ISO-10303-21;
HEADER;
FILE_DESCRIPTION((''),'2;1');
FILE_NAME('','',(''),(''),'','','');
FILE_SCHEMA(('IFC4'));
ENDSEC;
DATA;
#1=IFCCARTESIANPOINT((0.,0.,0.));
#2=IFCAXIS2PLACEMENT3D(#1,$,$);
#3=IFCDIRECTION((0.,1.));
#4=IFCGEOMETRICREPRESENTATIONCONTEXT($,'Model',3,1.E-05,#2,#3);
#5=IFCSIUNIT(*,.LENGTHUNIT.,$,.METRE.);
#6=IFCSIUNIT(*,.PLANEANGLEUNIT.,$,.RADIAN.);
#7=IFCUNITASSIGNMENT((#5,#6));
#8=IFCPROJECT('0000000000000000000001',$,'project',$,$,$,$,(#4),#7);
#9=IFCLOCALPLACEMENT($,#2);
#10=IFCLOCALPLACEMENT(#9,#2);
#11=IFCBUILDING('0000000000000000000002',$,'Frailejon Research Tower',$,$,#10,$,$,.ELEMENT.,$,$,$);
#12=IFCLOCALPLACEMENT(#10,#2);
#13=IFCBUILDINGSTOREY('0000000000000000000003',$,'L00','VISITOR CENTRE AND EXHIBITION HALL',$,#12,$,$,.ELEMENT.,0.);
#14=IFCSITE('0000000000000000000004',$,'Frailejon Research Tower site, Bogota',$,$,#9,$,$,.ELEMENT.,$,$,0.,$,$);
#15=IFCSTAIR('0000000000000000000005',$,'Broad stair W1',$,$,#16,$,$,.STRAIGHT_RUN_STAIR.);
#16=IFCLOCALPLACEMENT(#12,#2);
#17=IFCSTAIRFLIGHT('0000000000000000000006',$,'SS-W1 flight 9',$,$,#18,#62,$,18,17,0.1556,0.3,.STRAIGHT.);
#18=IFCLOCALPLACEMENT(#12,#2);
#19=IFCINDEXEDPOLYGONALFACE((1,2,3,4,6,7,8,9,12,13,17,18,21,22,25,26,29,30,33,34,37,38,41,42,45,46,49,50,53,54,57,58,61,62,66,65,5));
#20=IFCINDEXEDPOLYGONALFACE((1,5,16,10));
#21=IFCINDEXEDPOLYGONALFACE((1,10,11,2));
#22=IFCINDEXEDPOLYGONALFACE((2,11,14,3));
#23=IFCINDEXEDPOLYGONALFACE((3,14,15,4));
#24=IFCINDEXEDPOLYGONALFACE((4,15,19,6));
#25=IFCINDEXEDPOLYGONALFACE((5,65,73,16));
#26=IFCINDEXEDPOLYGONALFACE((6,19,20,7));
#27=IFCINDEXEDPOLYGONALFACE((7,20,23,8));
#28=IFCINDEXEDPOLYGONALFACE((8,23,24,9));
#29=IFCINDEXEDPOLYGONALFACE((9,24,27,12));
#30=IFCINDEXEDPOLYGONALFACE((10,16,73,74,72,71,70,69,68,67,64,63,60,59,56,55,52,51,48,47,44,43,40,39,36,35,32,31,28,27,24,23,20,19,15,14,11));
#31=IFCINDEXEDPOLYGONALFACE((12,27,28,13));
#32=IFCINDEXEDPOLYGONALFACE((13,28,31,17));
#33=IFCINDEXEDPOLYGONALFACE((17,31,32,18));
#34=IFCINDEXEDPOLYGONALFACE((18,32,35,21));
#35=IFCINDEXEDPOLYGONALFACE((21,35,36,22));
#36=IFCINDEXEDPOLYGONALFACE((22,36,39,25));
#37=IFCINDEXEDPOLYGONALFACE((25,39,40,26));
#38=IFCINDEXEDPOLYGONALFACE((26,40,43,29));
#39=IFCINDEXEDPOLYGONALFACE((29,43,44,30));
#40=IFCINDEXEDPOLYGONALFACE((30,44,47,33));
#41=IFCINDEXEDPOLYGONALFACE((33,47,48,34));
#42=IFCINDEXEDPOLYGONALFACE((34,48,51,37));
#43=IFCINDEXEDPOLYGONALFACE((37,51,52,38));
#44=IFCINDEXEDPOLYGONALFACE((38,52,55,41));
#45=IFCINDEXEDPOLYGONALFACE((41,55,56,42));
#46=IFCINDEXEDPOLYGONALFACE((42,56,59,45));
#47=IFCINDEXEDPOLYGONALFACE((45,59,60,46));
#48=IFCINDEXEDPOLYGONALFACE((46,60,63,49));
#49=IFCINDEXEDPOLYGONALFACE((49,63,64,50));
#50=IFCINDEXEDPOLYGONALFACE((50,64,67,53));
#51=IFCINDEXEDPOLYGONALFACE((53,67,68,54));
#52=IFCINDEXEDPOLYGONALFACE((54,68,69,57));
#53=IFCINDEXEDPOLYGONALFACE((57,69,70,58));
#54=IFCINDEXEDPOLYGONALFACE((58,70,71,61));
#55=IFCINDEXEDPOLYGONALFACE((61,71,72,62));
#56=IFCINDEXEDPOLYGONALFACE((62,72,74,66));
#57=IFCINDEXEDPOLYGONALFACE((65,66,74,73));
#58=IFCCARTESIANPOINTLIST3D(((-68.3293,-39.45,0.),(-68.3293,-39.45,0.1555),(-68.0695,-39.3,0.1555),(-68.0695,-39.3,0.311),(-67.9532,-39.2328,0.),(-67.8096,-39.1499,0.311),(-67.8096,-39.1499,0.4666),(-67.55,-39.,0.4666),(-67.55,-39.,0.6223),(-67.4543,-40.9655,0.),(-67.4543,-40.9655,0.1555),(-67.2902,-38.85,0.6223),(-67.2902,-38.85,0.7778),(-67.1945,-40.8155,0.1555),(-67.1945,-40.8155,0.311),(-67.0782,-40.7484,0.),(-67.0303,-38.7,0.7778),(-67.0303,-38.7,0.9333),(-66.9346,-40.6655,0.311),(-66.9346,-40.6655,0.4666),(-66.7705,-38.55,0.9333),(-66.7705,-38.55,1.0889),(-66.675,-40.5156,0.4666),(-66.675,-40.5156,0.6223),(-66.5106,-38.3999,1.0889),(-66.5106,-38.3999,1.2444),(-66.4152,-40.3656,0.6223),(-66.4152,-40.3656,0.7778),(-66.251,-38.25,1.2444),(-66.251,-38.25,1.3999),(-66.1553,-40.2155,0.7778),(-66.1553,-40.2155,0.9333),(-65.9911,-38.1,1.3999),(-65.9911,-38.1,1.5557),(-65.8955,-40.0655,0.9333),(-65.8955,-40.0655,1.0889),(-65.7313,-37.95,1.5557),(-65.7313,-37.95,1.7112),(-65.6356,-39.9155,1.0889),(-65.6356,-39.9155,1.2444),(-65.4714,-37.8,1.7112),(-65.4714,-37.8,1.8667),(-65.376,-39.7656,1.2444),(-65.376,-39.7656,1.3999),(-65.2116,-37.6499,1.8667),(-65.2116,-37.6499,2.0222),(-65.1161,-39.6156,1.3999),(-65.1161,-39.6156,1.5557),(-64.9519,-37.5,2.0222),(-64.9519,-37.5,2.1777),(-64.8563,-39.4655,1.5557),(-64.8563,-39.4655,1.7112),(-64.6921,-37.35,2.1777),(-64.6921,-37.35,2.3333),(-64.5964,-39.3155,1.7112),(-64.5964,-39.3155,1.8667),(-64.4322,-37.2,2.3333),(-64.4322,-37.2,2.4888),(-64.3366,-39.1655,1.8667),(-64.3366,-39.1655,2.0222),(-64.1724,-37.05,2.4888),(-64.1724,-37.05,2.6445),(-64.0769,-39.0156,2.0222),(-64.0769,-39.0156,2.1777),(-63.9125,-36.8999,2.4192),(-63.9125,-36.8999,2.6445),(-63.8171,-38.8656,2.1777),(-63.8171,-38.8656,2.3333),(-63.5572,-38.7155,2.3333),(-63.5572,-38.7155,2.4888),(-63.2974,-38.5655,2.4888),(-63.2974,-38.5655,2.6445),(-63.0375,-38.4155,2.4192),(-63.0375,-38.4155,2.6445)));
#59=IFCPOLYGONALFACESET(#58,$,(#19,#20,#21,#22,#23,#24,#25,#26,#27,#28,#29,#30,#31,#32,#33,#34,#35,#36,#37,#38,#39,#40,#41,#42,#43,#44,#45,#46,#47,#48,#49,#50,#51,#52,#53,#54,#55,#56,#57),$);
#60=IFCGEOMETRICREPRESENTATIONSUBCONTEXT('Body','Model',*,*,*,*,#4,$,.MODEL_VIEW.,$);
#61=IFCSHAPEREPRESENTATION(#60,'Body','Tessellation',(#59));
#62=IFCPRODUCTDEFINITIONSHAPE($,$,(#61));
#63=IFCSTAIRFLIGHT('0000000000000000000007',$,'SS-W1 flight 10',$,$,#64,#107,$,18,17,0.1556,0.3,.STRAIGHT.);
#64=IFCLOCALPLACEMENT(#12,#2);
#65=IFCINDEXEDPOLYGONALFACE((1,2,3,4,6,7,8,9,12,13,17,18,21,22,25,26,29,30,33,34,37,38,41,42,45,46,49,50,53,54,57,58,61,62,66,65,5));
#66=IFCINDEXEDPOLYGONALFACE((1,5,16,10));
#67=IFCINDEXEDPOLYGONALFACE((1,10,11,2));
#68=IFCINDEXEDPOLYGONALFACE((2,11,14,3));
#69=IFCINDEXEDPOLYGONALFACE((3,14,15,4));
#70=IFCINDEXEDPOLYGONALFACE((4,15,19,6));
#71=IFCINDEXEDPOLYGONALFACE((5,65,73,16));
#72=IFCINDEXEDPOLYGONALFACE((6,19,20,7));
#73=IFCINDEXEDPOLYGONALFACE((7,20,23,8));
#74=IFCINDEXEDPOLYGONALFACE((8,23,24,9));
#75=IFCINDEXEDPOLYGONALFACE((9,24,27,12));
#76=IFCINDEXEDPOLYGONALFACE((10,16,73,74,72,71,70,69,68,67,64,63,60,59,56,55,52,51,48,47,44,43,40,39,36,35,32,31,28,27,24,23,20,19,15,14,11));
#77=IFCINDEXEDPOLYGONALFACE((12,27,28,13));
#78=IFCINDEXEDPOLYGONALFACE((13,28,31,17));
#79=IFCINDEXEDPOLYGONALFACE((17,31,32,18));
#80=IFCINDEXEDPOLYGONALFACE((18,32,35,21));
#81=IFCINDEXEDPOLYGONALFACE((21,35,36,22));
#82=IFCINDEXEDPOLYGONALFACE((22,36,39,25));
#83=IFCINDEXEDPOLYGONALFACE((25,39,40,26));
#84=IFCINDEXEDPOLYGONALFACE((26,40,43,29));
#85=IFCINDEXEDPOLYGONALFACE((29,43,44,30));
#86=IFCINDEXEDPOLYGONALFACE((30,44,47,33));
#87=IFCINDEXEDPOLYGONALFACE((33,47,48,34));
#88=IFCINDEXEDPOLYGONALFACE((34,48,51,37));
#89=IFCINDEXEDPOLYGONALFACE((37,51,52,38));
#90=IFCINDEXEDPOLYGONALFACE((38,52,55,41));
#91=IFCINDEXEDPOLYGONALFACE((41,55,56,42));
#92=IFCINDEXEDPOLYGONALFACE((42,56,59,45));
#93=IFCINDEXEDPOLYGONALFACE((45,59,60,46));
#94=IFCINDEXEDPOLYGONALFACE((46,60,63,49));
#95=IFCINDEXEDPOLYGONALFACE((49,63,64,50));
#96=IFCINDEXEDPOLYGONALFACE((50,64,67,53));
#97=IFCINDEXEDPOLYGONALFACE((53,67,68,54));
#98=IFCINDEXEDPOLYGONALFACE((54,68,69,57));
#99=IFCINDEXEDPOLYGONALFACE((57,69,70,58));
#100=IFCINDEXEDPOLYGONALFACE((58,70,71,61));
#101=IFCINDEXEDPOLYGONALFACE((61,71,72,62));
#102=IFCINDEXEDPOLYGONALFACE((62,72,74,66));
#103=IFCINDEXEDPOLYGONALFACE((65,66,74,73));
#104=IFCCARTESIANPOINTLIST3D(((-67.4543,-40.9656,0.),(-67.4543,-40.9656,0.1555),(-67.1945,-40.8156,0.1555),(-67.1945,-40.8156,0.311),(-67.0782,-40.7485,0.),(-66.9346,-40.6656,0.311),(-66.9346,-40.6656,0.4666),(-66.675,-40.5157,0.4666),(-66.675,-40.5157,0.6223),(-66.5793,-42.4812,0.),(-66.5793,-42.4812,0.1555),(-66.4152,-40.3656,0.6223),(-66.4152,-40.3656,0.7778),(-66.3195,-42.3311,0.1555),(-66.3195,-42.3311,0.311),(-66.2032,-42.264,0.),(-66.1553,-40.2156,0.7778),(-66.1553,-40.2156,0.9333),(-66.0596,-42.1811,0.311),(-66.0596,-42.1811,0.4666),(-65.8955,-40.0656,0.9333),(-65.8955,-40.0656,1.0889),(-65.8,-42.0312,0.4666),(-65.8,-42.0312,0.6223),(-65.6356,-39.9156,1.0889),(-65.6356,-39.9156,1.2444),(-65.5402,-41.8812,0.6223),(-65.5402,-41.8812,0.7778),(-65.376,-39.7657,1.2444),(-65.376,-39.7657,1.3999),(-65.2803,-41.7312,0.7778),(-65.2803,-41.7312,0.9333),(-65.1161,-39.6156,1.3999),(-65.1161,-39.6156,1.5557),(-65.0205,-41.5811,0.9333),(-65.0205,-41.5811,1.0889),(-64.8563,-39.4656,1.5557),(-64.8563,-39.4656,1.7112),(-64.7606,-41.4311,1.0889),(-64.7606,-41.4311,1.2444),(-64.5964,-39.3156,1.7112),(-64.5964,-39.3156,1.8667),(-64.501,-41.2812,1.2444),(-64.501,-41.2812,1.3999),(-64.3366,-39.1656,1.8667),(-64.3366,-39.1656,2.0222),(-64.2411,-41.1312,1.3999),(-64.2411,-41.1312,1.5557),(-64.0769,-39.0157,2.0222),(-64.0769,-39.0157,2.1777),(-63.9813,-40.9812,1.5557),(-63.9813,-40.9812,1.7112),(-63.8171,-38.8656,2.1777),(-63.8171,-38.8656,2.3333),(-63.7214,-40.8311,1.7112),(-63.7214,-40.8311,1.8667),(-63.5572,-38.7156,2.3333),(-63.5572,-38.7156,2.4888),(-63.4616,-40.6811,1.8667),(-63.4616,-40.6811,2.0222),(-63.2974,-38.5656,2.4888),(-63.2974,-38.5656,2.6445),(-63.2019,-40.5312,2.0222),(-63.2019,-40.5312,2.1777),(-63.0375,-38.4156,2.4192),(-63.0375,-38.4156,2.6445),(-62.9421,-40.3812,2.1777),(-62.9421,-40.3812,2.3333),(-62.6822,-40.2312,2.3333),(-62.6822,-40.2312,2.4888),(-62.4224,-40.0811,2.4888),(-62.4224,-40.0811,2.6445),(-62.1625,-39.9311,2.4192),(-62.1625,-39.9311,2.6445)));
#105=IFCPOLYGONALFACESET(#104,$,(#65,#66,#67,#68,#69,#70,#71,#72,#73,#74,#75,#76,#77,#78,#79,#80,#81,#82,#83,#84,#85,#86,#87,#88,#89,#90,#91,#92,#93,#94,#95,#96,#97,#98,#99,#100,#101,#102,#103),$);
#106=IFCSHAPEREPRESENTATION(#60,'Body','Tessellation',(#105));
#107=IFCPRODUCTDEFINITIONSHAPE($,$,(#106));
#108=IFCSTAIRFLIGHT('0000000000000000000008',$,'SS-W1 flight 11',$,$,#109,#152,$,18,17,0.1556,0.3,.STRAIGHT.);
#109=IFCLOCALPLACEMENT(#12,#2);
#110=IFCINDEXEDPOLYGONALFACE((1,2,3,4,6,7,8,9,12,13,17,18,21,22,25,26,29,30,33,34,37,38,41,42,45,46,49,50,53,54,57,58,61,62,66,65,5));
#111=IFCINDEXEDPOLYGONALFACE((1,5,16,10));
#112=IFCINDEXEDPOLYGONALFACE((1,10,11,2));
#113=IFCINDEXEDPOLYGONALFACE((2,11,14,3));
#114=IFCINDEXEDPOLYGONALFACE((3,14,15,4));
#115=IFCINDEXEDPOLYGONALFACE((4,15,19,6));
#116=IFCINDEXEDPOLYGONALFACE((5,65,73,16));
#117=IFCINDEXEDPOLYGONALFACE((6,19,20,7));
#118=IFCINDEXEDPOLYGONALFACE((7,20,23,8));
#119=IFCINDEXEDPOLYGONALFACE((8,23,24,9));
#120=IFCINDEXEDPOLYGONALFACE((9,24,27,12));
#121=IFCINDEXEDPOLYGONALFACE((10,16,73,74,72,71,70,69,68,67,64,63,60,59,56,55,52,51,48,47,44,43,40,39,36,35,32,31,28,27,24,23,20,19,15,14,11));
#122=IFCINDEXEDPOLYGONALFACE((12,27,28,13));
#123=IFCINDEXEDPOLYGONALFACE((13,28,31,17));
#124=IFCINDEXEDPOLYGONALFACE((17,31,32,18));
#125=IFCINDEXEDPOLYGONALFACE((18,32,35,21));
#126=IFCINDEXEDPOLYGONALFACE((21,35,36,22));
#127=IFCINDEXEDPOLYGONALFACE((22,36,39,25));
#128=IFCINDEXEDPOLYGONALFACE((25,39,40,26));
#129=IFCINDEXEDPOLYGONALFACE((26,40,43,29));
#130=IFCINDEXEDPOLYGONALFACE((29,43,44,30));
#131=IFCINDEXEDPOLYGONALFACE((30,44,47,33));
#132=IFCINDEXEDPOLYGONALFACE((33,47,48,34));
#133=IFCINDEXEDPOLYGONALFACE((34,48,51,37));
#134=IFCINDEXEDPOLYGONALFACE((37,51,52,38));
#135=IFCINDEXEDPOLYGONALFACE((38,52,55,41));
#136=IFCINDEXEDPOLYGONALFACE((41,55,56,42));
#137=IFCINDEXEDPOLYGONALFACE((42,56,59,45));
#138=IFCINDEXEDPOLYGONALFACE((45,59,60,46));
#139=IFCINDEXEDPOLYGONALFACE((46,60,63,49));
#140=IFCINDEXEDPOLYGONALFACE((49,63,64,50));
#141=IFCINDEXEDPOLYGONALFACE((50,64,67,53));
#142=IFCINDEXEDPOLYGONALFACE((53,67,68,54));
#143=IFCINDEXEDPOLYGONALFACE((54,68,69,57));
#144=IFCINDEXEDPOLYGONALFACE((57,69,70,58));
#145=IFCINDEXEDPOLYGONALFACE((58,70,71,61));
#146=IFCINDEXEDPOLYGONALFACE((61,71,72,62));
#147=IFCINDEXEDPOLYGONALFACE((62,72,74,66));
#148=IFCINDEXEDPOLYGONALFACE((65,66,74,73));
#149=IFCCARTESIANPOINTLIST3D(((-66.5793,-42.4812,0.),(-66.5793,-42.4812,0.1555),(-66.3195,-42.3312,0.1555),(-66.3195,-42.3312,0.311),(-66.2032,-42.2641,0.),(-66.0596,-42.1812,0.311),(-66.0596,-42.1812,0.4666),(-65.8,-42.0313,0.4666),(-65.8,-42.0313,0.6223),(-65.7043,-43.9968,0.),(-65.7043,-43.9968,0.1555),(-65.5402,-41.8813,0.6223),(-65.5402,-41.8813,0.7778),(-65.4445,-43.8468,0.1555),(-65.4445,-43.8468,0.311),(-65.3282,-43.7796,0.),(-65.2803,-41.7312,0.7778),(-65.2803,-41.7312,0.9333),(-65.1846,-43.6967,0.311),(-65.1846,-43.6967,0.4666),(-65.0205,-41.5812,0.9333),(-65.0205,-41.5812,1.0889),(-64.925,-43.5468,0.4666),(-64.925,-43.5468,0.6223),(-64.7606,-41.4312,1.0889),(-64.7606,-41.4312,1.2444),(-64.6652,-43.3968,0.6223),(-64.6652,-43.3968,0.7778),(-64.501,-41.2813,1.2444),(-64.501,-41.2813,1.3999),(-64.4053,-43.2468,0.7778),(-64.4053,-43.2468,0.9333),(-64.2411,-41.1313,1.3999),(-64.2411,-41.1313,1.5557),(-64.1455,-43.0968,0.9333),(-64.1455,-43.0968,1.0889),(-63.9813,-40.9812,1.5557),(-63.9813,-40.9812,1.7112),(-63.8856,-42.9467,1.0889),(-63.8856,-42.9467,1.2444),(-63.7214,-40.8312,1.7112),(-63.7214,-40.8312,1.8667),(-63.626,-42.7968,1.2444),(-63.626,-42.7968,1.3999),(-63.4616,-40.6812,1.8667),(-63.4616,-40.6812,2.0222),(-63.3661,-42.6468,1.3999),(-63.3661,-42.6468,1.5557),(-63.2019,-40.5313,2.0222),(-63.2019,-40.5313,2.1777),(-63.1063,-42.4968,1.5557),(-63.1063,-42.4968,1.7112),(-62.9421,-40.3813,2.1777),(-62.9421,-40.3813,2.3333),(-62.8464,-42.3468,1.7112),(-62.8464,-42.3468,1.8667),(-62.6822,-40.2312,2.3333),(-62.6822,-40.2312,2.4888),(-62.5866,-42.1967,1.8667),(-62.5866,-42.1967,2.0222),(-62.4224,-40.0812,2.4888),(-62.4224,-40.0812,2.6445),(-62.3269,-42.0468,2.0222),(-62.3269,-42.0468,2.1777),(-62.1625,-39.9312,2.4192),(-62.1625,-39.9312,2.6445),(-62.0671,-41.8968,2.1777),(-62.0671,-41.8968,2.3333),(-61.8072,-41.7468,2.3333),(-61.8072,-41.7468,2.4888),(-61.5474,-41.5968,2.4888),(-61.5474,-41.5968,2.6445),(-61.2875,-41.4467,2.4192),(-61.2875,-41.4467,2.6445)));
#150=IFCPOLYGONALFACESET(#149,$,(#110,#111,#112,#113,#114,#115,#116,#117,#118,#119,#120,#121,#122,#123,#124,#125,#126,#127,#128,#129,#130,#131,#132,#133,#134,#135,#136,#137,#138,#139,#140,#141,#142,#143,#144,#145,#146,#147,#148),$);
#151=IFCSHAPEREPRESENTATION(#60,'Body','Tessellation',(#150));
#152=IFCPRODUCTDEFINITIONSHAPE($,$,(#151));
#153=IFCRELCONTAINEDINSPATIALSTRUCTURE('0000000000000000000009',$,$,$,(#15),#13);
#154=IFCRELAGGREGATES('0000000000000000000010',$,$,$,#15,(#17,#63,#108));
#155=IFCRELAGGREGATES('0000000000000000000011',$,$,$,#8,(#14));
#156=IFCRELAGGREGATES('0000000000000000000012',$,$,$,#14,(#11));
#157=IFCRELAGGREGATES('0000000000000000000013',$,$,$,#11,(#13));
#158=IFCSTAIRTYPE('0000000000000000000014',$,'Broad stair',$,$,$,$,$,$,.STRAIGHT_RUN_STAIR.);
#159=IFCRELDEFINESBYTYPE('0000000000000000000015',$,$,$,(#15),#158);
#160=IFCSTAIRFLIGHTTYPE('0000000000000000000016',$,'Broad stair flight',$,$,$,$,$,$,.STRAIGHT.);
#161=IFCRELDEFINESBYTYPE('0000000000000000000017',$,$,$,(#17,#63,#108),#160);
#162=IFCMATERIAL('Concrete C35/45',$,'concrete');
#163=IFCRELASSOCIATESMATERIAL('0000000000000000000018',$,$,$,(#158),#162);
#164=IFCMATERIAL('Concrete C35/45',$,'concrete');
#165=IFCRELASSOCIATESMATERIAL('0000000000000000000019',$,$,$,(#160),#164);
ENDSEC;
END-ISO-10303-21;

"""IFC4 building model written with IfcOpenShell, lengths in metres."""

from ifc_helpers import new_model, si_unit, direction, frame, origin, place, context, subcontext, project, spatial, polyline, outline, extrude, material, type_object, element, aggregate, save


model = new_model("IFC4")

# Units and contexts
model_context = context("Model", 3, precision=1e-05, world=origin(), true_north=direction((0.0, 1.0)))
body_context = subcontext(model_context, "Body", "Model", "MODEL_VIEW")
ifc_project = project(units=[si_unit("LENGTHUNIT", "METRE"), si_unit("PLANEANGLEUNIT", "RADIAN")], contexts=[model_context])

# Site, building, storey
site_placement = place(None, origin())
site = spatial("IfcSite", under=ifc_project, at=site_placement, Name="Frailejon Research Tower site, Bogota", CompositionType="ELEMENT", RefElevation=0.0)
building_placement = place(site_placement, origin())
building = spatial("IfcBuilding", under=site, at=building_placement, Name="Frailejon Research Tower", CompositionType="ELEMENT")
storey_placement = place(building_placement, origin())
storey = spatial("IfcBuildingStorey", under=building, at=storey_placement, Name="L00", Description="VISITOR CENTRE AND EXHIBITION HALL", CompositionType="ELEMENT", Elevation=0.0)

# Stair, stair flights
ifc_material_1 = material(Name="Concrete C35/45", Category="concrete")
stair_type = type_object("IfcStairType", Name="Broad stair", PredefinedType="STRAIGHT_RUN_STAIR", material=ifc_material_1)
stair_placement = place(storey_placement, origin())
stair = element("IfcStair", 1, at=stair_placement, inside=storey, type_object=stair_type, Name="Broad stair W1", PredefinedType="STRAIGHT_RUN_STAIR")
ifc_material_2 = material(Name="Concrete C35/45", Category="concrete")
stair_flight_type = type_object("IfcStairFlightType", Name="Broad stair flight", PredefinedType="STRAIGHT", material=ifc_material_2)
stair_flight_1_placement = place(storey_placement, frame((-67.8918, -40.2078, 0.0), z_axis=(0.0, 0.0, 1.0), x_axis=(0.866025, 0.5, 0.0)))
stair_flight_1 = element("IfcStairFlight", 2, at=stair_flight_1_placement, type_object=stair_flight_type, Name="SS-W1 flight 9", NumberOfRisers=18, NumberOfTreads=17, PredefinedType="STRAIGHT", RiserHeight=0.1556, TreadLength=0.3, context=body_context, shape_type="SweptSolid", body=[
    extrude(outline(polyline([(0.0, 0.0), (0.0, 0.1555), (0.3, 0.1555), (0.3, 0.311), (0.6001, 0.311), (0.6001, 0.4666), (0.8999, 0.4666), (0.8999, 0.6223), (1.2, 0.6223), (1.2, 0.7778), (1.5, 0.7778), (1.5, 0.9333), (1.8, 0.9333), (1.8, 1.0889), (2.1001, 1.0889), (2.1001, 1.2444), (2.3999, 1.2444), (2.3999, 1.3999), (2.7, 1.3999), (2.7, 1.5557), (3.0, 1.5557), (3.0, 1.7112), (3.3, 1.7112), (3.3, 1.8667), (3.6001, 1.8667), (3.6001, 2.0222), (3.8999, 2.0222), (3.8999, 2.1777), (4.2, 2.1777), (4.2, 2.3333), (4.5, 2.3333), (4.5, 2.4888), (4.8, 2.4888), (4.8, 2.6445), (5.1001, 2.6445), (5.1001, 2.8), (5.1001, 2.4192), (0.4343, 0.0), (0.0, 0.0)])), frame((0.0, 0.875, 0.0), z_axis=(0.0, -1.0, 0.0), x_axis=(1.0, 0.0, 0.0)), (0.0, 0.0, 1.0), 1.75),
])
stair_flight_2_placement = place(storey_placement, frame((-67.0168, -41.7234, 0.0), z_axis=(0.0, 0.0, 1.0), x_axis=(0.866025, 0.5, 0.0)))
stair_flight_2 = element("IfcStairFlight", 3, at=stair_flight_2_placement, type_object=stair_flight_type, Name="SS-W1 flight 10", NumberOfRisers=18, NumberOfTreads=17, PredefinedType="STRAIGHT", RiserHeight=0.1556, TreadLength=0.3, context=body_context, shape_type="SweptSolid", body=[
    extrude(outline(polyline([(0.0, 0.0), (0.0, 0.1555), (0.3, 0.1555), (0.3, 0.311), (0.6001, 0.311), (0.6001, 0.4666), (0.8999, 0.4666), (0.8999, 0.6223), (1.2, 0.6223), (1.2, 0.7778), (1.5, 0.7778), (1.5, 0.9333), (1.8, 0.9333), (1.8, 1.0889), (2.1001, 1.0889), (2.1001, 1.2444), (2.3999, 1.2444), (2.3999, 1.3999), (2.7, 1.3999), (2.7, 1.5557), (3.0, 1.5557), (3.0, 1.7112), (3.3, 1.7112), (3.3, 1.8667), (3.6001, 1.8667), (3.6001, 2.0222), (3.8999, 2.0222), (3.8999, 2.1777), (4.2, 2.1777), (4.2, 2.3333), (4.5, 2.3333), (4.5, 2.4888), (4.8, 2.4888), (4.8, 2.6445), (5.1001, 2.6445), (5.1001, 2.8), (5.1001, 2.4192), (0.4343, 0.0), (0.0, 0.0)])), frame((0.0, 0.875, 0.0), z_axis=(0.0, -1.0, 0.0), x_axis=(1.0, 0.0, 0.0)), (0.0, 0.0, 1.0), 1.75),
])
stair_flight_3_placement = place(storey_placement, frame((-66.1418, -43.239, 0.0), z_axis=(0.0, 0.0, 1.0), x_axis=(0.866025, 0.5, 0.0)))
stair_flight_3 = element("IfcStairFlight", 4, at=stair_flight_3_placement, type_object=stair_flight_type, Name="SS-W1 flight 11", NumberOfRisers=18, NumberOfTreads=17, PredefinedType="STRAIGHT", RiserHeight=0.1556, TreadLength=0.3, context=body_context, shape_type="SweptSolid", body=[
    extrude(outline(polyline([(0.0, 0.0), (0.0, 0.1555), (0.3, 0.1555), (0.3, 0.311), (0.6001, 0.311), (0.6001, 0.4666), (0.8999, 0.4666), (0.8999, 0.6223), (1.2, 0.6223), (1.2, 0.7778), (1.5, 0.7778), (1.5, 0.9333), (1.8, 0.9333), (1.8, 1.0889), (2.1001, 1.0889), (2.1001, 1.2444), (2.3999, 1.2444), (2.3999, 1.3999), (2.7, 1.3999), (2.7, 1.5557), (3.0, 1.5557), (3.0, 1.7112), (3.3, 1.7112), (3.3, 1.8667), (3.6001, 1.8667), (3.6001, 2.0222), (3.8999, 2.0222), (3.8999, 2.1777), (4.2, 2.1777), (4.2, 2.3333), (4.5, 2.3333), (4.5, 2.4888), (4.8, 2.4888), (4.8, 2.6445), (5.1001, 2.6445), (5.1001, 2.8), (5.1001, 2.4192), (0.4343, 0.0), (0.0, 0.0)])), frame((0.0, 0.875, 0.0), z_axis=(0.0, -1.0, 0.0), x_axis=(1.0, 0.0, 0.0)), (0.0, 0.0, 1.0), 1.75),
])
aggregate(stair, [stair_flight_1, stair_flight_2, stair_flight_3])

save(model, "model.ifc")
